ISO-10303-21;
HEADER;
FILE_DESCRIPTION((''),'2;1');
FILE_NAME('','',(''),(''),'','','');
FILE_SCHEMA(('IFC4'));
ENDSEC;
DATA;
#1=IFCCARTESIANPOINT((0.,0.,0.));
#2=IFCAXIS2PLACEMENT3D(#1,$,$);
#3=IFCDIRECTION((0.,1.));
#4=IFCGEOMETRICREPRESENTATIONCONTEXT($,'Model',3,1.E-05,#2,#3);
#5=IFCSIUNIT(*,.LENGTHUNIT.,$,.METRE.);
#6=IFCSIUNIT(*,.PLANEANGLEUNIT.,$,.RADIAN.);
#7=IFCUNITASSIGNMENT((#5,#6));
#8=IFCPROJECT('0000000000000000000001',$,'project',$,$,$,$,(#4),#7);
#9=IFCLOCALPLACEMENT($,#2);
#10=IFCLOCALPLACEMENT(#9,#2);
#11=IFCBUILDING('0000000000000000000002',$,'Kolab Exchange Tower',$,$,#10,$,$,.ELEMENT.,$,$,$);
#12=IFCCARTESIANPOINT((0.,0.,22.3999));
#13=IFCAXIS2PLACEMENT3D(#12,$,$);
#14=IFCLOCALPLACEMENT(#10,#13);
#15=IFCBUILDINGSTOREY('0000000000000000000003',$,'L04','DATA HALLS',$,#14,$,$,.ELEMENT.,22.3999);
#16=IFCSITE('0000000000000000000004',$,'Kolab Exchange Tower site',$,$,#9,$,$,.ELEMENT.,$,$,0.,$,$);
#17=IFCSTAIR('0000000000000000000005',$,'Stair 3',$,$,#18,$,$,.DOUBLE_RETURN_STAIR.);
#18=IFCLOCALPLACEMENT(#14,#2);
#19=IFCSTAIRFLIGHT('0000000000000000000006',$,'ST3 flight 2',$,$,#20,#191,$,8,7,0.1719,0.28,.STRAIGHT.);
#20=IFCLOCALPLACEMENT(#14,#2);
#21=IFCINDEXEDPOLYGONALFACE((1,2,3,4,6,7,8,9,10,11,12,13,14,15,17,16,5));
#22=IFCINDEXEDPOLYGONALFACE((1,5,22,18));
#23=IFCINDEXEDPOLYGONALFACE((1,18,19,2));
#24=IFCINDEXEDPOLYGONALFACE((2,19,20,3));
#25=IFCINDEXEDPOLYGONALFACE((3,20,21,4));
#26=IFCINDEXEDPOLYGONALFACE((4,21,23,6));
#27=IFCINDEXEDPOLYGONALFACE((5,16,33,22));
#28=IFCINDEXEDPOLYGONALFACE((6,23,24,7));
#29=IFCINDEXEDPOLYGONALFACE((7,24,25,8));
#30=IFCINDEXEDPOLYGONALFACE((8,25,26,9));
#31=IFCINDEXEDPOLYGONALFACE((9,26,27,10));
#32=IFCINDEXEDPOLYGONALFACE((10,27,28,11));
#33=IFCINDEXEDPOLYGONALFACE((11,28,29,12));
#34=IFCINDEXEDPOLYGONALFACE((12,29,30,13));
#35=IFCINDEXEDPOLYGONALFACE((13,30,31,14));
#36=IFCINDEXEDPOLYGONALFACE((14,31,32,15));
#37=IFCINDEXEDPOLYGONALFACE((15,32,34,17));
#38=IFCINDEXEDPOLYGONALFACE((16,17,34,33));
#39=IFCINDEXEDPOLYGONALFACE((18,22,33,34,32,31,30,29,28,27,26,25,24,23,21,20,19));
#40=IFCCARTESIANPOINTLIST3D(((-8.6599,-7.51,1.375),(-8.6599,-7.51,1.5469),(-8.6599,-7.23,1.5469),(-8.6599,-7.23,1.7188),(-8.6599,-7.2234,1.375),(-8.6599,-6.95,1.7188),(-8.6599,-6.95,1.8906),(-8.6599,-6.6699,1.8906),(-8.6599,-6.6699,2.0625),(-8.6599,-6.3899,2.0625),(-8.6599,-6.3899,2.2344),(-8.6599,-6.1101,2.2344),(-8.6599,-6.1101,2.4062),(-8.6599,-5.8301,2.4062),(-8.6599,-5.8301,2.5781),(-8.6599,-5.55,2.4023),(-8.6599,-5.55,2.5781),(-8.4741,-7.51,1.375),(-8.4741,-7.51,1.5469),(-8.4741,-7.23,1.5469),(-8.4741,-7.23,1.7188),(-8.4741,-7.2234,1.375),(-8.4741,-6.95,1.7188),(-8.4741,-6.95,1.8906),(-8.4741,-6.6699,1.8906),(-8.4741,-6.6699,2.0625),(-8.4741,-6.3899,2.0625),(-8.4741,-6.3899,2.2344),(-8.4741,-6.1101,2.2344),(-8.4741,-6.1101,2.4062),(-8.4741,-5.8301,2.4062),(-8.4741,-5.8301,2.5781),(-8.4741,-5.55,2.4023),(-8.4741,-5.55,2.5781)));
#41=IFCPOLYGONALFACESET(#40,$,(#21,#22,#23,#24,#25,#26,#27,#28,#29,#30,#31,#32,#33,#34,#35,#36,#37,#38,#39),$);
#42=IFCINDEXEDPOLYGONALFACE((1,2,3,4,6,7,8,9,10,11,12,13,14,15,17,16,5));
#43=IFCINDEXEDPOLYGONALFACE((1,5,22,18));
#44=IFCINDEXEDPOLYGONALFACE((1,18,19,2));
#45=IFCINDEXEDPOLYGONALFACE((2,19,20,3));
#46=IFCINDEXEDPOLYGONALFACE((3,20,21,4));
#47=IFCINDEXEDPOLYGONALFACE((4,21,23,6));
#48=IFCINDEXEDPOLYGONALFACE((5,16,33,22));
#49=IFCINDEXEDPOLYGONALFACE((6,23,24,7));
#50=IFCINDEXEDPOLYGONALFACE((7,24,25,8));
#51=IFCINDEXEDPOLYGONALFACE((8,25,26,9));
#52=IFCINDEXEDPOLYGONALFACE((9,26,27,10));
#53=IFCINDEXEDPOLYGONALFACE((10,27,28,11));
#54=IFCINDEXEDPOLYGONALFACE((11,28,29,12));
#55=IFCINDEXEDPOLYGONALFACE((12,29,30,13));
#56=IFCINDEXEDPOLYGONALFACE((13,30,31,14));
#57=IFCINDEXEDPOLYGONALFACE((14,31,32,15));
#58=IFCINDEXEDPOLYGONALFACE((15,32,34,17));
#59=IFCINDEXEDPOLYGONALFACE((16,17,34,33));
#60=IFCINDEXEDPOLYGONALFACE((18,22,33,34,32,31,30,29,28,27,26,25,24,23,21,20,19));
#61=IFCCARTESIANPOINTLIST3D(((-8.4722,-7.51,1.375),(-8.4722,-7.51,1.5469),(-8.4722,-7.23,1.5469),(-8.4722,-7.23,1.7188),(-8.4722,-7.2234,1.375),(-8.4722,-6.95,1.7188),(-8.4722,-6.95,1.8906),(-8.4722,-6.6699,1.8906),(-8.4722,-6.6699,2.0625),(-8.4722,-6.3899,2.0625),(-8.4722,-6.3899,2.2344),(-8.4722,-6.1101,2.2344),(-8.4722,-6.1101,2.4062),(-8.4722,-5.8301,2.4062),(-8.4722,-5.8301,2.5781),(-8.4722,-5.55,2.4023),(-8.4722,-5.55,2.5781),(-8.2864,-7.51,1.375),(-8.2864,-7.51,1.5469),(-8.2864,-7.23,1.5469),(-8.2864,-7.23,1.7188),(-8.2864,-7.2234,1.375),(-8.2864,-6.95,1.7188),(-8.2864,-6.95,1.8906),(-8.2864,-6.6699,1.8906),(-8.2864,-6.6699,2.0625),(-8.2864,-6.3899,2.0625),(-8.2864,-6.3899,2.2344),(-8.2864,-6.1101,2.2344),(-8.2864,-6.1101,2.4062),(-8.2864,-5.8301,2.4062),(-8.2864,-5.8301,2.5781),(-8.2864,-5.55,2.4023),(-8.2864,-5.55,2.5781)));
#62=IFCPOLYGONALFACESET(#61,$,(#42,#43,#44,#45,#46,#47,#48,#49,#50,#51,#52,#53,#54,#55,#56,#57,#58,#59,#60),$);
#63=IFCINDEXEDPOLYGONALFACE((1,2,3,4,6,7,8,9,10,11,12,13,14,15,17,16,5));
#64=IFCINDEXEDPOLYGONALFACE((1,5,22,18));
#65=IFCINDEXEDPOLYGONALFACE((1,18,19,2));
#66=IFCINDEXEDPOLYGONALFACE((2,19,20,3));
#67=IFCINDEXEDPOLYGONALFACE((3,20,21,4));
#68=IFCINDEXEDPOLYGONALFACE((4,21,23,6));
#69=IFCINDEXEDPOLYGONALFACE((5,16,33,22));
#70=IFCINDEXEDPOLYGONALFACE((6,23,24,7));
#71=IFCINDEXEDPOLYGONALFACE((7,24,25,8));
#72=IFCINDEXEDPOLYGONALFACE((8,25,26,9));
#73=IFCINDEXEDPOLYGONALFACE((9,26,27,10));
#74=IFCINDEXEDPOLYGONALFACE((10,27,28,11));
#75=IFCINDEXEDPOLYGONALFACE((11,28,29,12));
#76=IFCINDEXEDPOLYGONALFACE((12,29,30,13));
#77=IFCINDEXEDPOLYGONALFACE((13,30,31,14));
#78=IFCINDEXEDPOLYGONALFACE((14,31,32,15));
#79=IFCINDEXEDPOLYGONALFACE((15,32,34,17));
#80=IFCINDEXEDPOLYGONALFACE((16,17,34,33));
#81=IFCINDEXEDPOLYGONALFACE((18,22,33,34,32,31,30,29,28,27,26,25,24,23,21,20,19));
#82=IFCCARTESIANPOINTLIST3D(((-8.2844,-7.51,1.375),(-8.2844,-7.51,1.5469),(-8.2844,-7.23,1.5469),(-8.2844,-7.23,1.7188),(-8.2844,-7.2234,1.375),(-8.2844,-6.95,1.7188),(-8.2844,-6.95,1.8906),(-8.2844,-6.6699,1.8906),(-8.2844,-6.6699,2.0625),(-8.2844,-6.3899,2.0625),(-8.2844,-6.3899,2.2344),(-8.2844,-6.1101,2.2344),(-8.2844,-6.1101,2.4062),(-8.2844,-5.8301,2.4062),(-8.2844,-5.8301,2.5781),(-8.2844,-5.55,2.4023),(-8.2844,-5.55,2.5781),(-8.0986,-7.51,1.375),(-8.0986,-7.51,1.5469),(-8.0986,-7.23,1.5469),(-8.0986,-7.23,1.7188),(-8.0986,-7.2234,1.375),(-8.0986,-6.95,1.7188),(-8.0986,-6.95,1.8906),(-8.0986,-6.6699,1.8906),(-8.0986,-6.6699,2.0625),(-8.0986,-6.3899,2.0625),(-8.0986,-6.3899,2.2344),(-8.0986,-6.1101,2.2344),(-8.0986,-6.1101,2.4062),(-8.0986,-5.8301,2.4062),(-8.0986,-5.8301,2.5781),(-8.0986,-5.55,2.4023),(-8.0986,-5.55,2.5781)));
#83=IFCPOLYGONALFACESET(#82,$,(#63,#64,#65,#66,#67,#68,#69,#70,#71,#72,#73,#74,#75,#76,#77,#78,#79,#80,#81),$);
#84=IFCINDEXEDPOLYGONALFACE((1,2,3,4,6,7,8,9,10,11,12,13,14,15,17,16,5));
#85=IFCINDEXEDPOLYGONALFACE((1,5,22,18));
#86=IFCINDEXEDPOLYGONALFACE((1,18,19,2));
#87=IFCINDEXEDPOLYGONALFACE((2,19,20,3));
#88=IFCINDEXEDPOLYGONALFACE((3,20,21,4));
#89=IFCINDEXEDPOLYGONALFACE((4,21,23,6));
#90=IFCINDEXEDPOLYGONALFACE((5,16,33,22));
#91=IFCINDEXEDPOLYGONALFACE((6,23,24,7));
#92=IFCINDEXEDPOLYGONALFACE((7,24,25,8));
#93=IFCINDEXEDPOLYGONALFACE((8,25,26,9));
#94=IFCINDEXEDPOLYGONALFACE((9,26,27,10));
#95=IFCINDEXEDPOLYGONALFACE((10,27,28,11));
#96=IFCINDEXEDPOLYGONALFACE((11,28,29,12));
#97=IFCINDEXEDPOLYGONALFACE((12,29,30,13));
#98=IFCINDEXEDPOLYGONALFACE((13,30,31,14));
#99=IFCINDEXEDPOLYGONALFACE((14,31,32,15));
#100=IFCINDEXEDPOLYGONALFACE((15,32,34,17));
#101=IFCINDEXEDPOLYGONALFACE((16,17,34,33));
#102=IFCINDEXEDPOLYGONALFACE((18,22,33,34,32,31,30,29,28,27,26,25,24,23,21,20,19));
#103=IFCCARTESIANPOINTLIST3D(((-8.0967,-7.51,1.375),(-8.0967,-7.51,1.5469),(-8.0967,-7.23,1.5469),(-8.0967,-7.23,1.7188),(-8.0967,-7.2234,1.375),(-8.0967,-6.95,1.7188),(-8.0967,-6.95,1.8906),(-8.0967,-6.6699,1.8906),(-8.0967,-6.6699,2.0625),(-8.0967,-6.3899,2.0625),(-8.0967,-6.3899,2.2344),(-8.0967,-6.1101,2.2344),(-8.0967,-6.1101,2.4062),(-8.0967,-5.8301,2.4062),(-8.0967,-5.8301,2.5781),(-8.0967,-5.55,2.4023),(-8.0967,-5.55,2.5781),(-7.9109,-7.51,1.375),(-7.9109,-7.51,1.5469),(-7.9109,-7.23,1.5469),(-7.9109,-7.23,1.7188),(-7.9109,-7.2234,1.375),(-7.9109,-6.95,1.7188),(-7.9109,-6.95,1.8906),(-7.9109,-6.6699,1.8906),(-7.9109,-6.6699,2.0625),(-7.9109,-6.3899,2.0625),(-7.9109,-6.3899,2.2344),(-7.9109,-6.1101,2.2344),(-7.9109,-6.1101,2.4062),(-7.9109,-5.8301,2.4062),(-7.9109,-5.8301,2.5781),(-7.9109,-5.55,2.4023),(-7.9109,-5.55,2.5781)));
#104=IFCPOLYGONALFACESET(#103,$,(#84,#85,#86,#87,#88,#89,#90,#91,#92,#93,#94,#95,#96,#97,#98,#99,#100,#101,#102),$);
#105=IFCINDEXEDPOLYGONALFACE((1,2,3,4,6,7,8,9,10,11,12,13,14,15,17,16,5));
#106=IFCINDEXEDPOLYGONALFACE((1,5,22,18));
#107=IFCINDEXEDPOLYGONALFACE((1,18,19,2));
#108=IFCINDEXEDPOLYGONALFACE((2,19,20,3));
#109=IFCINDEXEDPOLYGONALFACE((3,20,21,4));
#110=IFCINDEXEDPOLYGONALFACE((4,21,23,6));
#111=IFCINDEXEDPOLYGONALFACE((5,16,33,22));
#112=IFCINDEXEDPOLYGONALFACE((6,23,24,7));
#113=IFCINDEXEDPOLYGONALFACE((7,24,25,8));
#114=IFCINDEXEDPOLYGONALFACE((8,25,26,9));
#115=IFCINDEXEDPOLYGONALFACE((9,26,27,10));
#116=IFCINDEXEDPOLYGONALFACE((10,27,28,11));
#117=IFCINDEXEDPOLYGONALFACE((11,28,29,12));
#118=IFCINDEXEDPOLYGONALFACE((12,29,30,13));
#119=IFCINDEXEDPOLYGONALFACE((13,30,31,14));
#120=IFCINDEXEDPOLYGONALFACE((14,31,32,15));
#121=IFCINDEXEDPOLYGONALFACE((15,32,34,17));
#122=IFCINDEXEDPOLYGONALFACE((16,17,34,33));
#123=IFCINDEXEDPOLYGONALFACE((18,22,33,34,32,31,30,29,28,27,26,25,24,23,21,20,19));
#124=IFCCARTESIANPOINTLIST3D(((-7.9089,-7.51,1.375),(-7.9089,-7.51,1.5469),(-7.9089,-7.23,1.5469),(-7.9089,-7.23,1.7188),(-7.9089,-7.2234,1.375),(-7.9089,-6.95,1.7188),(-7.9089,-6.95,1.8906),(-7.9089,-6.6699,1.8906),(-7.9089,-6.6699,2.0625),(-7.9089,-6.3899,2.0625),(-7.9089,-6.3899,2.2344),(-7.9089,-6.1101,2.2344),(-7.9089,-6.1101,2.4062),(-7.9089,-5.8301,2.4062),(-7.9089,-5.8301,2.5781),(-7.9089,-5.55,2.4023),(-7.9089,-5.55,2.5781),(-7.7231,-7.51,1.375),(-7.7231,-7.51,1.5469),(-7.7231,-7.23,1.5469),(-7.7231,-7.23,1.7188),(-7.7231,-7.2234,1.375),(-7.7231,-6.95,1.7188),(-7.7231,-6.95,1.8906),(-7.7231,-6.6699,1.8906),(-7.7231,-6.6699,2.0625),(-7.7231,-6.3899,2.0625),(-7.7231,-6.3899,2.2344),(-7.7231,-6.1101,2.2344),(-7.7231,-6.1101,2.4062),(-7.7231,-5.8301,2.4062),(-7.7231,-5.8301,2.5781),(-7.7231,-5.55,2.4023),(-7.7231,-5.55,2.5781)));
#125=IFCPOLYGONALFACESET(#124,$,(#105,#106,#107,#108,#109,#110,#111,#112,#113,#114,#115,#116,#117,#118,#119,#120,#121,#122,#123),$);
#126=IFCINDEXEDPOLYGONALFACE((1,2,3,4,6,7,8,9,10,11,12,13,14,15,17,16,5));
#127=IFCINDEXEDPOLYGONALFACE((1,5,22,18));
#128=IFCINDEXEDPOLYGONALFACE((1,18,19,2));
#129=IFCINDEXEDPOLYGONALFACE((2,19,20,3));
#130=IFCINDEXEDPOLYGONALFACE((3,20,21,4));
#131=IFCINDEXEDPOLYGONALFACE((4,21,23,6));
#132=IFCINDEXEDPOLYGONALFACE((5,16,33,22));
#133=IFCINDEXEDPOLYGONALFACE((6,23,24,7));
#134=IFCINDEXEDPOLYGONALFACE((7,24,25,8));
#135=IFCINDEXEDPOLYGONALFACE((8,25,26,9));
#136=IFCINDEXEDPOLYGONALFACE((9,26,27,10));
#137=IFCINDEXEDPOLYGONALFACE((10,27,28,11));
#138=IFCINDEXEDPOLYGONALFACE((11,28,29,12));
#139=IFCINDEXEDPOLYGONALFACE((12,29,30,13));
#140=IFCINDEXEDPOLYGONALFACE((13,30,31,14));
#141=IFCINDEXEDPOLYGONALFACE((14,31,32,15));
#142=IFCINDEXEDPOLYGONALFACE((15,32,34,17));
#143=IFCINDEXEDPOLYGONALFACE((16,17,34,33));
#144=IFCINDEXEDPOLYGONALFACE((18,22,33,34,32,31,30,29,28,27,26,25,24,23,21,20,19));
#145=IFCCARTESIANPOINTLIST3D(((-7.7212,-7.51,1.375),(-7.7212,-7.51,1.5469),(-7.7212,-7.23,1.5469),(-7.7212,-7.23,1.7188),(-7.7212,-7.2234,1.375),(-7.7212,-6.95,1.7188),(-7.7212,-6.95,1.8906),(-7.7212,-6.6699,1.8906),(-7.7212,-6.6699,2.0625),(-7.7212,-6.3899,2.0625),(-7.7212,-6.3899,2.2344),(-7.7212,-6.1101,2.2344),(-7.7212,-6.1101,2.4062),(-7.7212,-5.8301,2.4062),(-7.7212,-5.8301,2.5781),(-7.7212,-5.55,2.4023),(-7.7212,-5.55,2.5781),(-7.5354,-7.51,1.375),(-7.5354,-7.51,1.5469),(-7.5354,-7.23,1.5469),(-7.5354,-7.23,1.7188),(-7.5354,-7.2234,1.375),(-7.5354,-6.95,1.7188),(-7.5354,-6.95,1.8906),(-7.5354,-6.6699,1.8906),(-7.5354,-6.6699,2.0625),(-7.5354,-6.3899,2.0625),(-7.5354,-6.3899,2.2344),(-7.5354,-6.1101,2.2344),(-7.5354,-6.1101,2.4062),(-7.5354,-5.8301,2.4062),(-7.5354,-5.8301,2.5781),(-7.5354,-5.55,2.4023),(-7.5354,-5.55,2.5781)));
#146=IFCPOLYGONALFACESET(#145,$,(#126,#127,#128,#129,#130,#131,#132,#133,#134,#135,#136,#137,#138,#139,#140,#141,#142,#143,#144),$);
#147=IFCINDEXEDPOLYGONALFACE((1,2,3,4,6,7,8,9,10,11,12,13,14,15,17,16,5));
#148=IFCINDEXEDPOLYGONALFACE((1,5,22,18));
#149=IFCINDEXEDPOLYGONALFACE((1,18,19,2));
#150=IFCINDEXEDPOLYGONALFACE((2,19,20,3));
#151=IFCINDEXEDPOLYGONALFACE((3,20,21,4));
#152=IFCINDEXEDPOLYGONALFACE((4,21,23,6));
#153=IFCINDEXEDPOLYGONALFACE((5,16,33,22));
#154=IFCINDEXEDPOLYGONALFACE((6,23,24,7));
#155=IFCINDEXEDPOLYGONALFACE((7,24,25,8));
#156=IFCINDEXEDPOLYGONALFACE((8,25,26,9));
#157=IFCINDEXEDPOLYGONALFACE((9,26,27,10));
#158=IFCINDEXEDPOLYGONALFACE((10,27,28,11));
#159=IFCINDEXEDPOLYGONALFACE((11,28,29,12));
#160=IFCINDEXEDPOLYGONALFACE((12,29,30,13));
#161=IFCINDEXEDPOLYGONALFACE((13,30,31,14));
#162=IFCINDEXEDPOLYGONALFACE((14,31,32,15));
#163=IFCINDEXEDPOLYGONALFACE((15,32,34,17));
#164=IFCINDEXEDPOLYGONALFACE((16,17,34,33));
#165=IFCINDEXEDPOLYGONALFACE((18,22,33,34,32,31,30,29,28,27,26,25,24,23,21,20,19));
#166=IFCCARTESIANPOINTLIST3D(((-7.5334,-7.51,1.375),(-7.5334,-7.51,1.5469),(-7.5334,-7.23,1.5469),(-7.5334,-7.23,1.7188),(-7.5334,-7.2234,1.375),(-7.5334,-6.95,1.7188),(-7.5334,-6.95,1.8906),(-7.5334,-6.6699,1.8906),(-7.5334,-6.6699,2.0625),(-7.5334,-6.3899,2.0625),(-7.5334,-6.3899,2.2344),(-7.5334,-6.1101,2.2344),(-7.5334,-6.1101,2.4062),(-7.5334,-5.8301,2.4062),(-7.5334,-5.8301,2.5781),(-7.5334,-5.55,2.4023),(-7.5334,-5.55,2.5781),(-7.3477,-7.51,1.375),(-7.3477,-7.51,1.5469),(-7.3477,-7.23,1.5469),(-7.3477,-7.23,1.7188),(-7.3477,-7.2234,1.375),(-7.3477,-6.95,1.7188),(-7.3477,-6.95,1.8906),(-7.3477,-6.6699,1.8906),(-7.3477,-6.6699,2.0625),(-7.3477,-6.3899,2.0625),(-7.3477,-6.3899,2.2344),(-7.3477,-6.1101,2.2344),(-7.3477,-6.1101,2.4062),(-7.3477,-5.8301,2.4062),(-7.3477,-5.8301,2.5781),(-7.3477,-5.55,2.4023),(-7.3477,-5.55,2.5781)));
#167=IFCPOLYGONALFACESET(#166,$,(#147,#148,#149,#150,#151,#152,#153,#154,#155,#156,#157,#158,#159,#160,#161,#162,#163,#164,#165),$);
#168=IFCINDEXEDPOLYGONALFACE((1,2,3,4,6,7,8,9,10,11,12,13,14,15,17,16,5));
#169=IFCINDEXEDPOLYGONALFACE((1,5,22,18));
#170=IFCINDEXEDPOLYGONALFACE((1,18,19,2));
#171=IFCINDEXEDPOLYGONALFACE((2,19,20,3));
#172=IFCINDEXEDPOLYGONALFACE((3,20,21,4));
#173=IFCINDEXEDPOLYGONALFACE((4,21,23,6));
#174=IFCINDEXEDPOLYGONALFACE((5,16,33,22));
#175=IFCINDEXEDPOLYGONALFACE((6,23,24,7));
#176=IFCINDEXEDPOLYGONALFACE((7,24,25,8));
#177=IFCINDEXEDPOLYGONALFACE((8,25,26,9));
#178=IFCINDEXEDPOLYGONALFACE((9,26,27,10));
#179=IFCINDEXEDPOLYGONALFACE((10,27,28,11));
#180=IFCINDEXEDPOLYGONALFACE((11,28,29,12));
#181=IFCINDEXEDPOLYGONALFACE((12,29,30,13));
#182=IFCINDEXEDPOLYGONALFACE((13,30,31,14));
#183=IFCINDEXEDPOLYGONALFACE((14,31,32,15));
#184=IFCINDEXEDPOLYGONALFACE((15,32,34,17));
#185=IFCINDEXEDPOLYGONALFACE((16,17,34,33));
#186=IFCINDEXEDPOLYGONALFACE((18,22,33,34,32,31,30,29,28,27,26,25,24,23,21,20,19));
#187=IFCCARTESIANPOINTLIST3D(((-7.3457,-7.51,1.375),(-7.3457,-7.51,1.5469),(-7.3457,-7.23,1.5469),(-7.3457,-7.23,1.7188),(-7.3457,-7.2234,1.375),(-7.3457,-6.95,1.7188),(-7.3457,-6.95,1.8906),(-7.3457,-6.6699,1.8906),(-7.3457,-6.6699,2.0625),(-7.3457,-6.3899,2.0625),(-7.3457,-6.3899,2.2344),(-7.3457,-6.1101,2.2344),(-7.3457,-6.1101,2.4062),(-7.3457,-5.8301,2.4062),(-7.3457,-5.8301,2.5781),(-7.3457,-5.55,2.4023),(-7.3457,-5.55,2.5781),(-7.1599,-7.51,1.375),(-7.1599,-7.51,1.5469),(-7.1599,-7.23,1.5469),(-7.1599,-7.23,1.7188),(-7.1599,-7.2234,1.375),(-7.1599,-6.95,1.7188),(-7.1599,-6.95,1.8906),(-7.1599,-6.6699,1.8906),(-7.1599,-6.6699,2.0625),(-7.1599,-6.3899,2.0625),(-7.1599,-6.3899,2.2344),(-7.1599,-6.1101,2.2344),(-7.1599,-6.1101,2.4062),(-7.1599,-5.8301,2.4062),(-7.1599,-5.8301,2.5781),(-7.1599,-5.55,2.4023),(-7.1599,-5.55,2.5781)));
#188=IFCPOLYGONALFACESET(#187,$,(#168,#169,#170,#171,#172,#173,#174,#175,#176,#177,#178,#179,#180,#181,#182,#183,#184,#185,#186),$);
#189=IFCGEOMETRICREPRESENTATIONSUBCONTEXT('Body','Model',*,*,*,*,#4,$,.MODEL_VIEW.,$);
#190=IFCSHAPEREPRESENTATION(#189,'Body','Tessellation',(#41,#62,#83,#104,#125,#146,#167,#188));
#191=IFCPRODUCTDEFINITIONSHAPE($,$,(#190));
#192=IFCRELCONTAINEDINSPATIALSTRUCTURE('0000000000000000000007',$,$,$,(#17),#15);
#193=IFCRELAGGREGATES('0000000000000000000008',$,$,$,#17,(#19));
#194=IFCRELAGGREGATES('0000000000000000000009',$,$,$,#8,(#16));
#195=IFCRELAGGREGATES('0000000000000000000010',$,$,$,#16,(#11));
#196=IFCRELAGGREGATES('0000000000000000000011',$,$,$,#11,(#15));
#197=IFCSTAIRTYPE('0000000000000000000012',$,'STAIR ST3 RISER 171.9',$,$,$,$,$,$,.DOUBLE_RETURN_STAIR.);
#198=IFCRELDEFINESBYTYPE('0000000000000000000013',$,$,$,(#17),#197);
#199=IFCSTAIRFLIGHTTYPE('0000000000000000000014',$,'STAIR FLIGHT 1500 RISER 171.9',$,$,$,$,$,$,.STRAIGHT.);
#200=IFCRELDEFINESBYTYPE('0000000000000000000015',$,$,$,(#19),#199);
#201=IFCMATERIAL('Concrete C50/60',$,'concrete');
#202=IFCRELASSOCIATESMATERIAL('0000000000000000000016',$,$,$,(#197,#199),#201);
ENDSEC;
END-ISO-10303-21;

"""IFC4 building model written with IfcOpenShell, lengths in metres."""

from ifc_helpers import new_model, si_unit, direction, frame, origin, place, context, subcontext, project, spatial, polyline, outline, extrude, material, type_object, element, aggregate, save


model = new_model("IFC4")

# Units and contexts
model_context = context("Model", 3, precision=1e-05, world=origin(), true_north=direction((0.0, 1.0)))
body_context = subcontext(model_context, "Body", "Model", "MODEL_VIEW")
ifc_project = project(units=[si_unit("LENGTHUNIT", "METRE"), si_unit("PLANEANGLEUNIT", "RADIAN")], contexts=[model_context])

# Site, building, storey
site_placement = place(None, origin())
site = spatial("IfcSite", under=ifc_project, at=site_placement, Name="Kolab Exchange Tower site", CompositionType="ELEMENT", RefElevation=0.0)
building_placement = place(site_placement, origin())
building = spatial("IfcBuilding", under=site, at=building_placement, Name="Kolab Exchange Tower", CompositionType="ELEMENT")
storey_placement = place(building_placement, frame((0.0, 0.0, 22.3999)))
storey = spatial("IfcBuildingStorey", under=building, at=storey_placement, Name="L04", Description="DATA HALLS", CompositionType="ELEMENT", Elevation=22.3999)

# Shared definitions
ifc_material_1 = material(Name="Concrete C50/60", Category="concrete")

# Stair, stair flight
stair_type = type_object("IfcStairType", Name="STAIR ST3 RISER 171.9", PredefinedType="DOUBLE_RETURN_STAIR", material=ifc_material_1)
stair_placement = place(storey_placement, origin())
stair = element("IfcStair", 1, at=stair_placement, inside=storey, type_object=stair_type, Name="Stair 3", PredefinedType="DOUBLE_RETURN_STAIR")
stair_flight_type = type_object("IfcStairFlightType", Name="STAIR FLIGHT 1500 RISER 171.9", PredefinedType="STRAIGHT", material=ifc_material_1)
stair_flight_1_placement = place(storey_placement, frame((-7.9099, -7.51, 1.375), z_axis=(0.0, 0.0, 1.0), x_axis=(0.0, 1.0, 0.0)))
stair_flight_1 = element("IfcStairFlight", 2, at=stair_flight_1_placement, type_object=stair_flight_type, Name="ST3 flight 2", NumberOfRisers=8, NumberOfTreads=7, PredefinedType="STRAIGHT", RiserHeight=0.1719, TreadLength=0.28, context=body_context, shape_type="SweptSolid", body=[
    extrude(outline(polyline([(0.0, 0.0), (0.0, 0.1719), (0.28, 0.1719), (0.28, 0.3438), (0.5601, 0.3438), (0.5601, 0.5156), (0.8401, 0.5156), (0.8401, 0.6875), (1.1201, 0.6875), (1.1201, 0.8594), (1.3999, 0.8594), (1.3999, 1.0312), (1.6799, 1.0312), (1.6799, 1.2031), (1.96, 1.2031), (1.96, 1.375), (1.96, 1.0273), (0.2866, 0.0), (0.0, 0.0)])), frame((0.0, 0.75, 0.0), z_axis=(0.0, -1.0, 0.0), x_axis=(1.0, 0.0, 0.0)), (0.0, 0.0, 1.0), 0.1858),
    extrude(outline(polyline([(0.0, 0.0), (0.0, 0.1719), (0.28, 0.1719), (0.28, 0.3438), (0.5601, 0.3438), (0.5601, 0.5156), (0.8401, 0.5156), (0.8401, 0.6875), (1.1201, 0.6875), (1.1201, 0.8594), (1.3999, 0.8594), (1.3999, 1.0312), (1.6799, 1.0312), (1.6799, 1.2031), (1.96, 1.2031), (1.96, 1.375), (1.96, 1.0273), (0.2866, 0.0), (0.0, 0.0)])), frame((0.0, 0.5623, 0.0), z_axis=(0.0, -1.0, 0.0), x_axis=(1.0, 0.0, 0.0)), (0.0, 0.0, 1.0), 0.1858),
    extrude(outline(polyline([(0.0, 0.0), (0.0, 0.1719), (0.28, 0.1719), (0.28, 0.3438), (0.5601, 0.3438), (0.5601, 0.5156), (0.8401, 0.5156), (0.8401, 0.6875), (1.1201, 0.6875), (1.1201, 0.8594), (1.3999, 0.8594), (1.3999, 1.0312), (1.6799, 1.0312), (1.6799, 1.2031), (1.96, 1.2031), (1.96, 1.375), (1.96, 1.0273), (0.2866, 0.0), (0.0, 0.0)])), frame((0.0, 0.3745, 0.0), z_axis=(0.0, -1.0, 0.0), x_axis=(1.0, 0.0, 0.0)), (0.0, 0.0, 1.0), 0.1858),
    extrude(outline(polyline([(0.0, 0.0), (0.0, 0.1719), (0.28, 0.1719), (0.28, 0.3438), (0.5601, 0.3438), (0.5601, 0.5156), (0.8401, 0.5156), (0.8401, 0.6875), (1.1201, 0.6875), (1.1201, 0.8594), (1.3999, 0.8594), (1.3999, 1.0312), (1.6799, 1.0312), (1.6799, 1.2031), (1.96, 1.2031), (1.96, 1.375), (1.96, 1.0273), (0.2866, 0.0), (0.0, 0.0)])), frame((0.0, 0.1868, 0.0), z_axis=(0.0, -1.0, 0.0), x_axis=(1.0, 0.0, 0.0)), (0.0, 0.0, 1.0), 0.1858),
    extrude(outline(polyline([(0.0, 0.0), (0.0, 0.1719), (0.28, 0.1719), (0.28, 0.3438), (0.5601, 0.3438), (0.5601, 0.5156), (0.8401, 0.5156), (0.8401, 0.6875), (1.1201, 0.6875), (1.1201, 0.8594), (1.3999, 0.8594), (1.3999, 1.0312), (1.6799, 1.0312), (1.6799, 1.2031), (1.96, 1.2031), (1.96, 1.375), (1.96, 1.0273), (0.2866, 0.0), (0.0, 0.0)])), frame((0.0, -0.001, 0.0), z_axis=(0.0, -1.0, 0.0), x_axis=(1.0, 0.0, 0.0)), (0.0, 0.0, 1.0), 0.1858),
    extrude(outline(polyline([(0.0, 0.0), (0.0, 0.1719), (0.28, 0.1719), (0.28, 0.3438), (0.5601, 0.3438), (0.5601, 0.5156), (0.8401, 0.5156), (0.8401, 0.6875), (1.1201, 0.6875), (1.1201, 0.8594), (1.3999, 0.8594), (1.3999, 1.0312), (1.6799, 1.0312), (1.6799, 1.2031), (1.96, 1.2031), (1.96, 1.375), (1.96, 1.0273), (0.2866, 0.0), (0.0, 0.0)])), frame((0.0, -0.1887, 0.0), z_axis=(0.0, -1.0, 0.0), x_axis=(1.0, 0.0, 0.0)), (0.0, 0.0, 1.0), 0.1858),
    extrude(outline(polyline([(0.0, 0.0), (0.0, 0.1719), (0.28, 0.1719), (0.28, 0.3438), (0.5601, 0.3438), (0.5601, 0.5156), (0.8401, 0.5156), (0.8401, 0.6875), (1.1201, 0.6875), (1.1201, 0.8594), (1.3999, 0.8594), (1.3999, 1.0312), (1.6799, 1.0312), (1.6799, 1.2031), (1.96, 1.2031), (1.96, 1.375), (1.96, 1.0273), (0.2866, 0.0), (0.0, 0.0)])), frame((0.0, -0.3765, 0.0), z_axis=(0.0, -1.0, 0.0), x_axis=(1.0, 0.0, 0.0)), (0.0, 0.0, 1.0), 0.1858),
    extrude(outline(polyline([(0.0, 0.0), (0.0, 0.1719), (0.28, 0.1719), (0.28, 0.3438), (0.5601, 0.3438), (0.5601, 0.5156), (0.8401, 0.5156), (0.8401, 0.6875), (1.1201, 0.6875), (1.1201, 0.8594), (1.3999, 0.8594), (1.3999, 1.0312), (1.6799, 1.0312), (1.6799, 1.2031), (1.96, 1.2031), (1.96, 1.375), (1.96, 1.0273), (0.2866, 0.0), (0.0, 0.0)])), frame((0.0, -0.5642, 0.0), z_axis=(0.0, -1.0, 0.0), x_axis=(1.0, 0.0, 0.0)), (0.0, 0.0, 1.0), 0.1858),
])
aggregate(stair, [stair_flight_1])

save(model, "model.ifc")
